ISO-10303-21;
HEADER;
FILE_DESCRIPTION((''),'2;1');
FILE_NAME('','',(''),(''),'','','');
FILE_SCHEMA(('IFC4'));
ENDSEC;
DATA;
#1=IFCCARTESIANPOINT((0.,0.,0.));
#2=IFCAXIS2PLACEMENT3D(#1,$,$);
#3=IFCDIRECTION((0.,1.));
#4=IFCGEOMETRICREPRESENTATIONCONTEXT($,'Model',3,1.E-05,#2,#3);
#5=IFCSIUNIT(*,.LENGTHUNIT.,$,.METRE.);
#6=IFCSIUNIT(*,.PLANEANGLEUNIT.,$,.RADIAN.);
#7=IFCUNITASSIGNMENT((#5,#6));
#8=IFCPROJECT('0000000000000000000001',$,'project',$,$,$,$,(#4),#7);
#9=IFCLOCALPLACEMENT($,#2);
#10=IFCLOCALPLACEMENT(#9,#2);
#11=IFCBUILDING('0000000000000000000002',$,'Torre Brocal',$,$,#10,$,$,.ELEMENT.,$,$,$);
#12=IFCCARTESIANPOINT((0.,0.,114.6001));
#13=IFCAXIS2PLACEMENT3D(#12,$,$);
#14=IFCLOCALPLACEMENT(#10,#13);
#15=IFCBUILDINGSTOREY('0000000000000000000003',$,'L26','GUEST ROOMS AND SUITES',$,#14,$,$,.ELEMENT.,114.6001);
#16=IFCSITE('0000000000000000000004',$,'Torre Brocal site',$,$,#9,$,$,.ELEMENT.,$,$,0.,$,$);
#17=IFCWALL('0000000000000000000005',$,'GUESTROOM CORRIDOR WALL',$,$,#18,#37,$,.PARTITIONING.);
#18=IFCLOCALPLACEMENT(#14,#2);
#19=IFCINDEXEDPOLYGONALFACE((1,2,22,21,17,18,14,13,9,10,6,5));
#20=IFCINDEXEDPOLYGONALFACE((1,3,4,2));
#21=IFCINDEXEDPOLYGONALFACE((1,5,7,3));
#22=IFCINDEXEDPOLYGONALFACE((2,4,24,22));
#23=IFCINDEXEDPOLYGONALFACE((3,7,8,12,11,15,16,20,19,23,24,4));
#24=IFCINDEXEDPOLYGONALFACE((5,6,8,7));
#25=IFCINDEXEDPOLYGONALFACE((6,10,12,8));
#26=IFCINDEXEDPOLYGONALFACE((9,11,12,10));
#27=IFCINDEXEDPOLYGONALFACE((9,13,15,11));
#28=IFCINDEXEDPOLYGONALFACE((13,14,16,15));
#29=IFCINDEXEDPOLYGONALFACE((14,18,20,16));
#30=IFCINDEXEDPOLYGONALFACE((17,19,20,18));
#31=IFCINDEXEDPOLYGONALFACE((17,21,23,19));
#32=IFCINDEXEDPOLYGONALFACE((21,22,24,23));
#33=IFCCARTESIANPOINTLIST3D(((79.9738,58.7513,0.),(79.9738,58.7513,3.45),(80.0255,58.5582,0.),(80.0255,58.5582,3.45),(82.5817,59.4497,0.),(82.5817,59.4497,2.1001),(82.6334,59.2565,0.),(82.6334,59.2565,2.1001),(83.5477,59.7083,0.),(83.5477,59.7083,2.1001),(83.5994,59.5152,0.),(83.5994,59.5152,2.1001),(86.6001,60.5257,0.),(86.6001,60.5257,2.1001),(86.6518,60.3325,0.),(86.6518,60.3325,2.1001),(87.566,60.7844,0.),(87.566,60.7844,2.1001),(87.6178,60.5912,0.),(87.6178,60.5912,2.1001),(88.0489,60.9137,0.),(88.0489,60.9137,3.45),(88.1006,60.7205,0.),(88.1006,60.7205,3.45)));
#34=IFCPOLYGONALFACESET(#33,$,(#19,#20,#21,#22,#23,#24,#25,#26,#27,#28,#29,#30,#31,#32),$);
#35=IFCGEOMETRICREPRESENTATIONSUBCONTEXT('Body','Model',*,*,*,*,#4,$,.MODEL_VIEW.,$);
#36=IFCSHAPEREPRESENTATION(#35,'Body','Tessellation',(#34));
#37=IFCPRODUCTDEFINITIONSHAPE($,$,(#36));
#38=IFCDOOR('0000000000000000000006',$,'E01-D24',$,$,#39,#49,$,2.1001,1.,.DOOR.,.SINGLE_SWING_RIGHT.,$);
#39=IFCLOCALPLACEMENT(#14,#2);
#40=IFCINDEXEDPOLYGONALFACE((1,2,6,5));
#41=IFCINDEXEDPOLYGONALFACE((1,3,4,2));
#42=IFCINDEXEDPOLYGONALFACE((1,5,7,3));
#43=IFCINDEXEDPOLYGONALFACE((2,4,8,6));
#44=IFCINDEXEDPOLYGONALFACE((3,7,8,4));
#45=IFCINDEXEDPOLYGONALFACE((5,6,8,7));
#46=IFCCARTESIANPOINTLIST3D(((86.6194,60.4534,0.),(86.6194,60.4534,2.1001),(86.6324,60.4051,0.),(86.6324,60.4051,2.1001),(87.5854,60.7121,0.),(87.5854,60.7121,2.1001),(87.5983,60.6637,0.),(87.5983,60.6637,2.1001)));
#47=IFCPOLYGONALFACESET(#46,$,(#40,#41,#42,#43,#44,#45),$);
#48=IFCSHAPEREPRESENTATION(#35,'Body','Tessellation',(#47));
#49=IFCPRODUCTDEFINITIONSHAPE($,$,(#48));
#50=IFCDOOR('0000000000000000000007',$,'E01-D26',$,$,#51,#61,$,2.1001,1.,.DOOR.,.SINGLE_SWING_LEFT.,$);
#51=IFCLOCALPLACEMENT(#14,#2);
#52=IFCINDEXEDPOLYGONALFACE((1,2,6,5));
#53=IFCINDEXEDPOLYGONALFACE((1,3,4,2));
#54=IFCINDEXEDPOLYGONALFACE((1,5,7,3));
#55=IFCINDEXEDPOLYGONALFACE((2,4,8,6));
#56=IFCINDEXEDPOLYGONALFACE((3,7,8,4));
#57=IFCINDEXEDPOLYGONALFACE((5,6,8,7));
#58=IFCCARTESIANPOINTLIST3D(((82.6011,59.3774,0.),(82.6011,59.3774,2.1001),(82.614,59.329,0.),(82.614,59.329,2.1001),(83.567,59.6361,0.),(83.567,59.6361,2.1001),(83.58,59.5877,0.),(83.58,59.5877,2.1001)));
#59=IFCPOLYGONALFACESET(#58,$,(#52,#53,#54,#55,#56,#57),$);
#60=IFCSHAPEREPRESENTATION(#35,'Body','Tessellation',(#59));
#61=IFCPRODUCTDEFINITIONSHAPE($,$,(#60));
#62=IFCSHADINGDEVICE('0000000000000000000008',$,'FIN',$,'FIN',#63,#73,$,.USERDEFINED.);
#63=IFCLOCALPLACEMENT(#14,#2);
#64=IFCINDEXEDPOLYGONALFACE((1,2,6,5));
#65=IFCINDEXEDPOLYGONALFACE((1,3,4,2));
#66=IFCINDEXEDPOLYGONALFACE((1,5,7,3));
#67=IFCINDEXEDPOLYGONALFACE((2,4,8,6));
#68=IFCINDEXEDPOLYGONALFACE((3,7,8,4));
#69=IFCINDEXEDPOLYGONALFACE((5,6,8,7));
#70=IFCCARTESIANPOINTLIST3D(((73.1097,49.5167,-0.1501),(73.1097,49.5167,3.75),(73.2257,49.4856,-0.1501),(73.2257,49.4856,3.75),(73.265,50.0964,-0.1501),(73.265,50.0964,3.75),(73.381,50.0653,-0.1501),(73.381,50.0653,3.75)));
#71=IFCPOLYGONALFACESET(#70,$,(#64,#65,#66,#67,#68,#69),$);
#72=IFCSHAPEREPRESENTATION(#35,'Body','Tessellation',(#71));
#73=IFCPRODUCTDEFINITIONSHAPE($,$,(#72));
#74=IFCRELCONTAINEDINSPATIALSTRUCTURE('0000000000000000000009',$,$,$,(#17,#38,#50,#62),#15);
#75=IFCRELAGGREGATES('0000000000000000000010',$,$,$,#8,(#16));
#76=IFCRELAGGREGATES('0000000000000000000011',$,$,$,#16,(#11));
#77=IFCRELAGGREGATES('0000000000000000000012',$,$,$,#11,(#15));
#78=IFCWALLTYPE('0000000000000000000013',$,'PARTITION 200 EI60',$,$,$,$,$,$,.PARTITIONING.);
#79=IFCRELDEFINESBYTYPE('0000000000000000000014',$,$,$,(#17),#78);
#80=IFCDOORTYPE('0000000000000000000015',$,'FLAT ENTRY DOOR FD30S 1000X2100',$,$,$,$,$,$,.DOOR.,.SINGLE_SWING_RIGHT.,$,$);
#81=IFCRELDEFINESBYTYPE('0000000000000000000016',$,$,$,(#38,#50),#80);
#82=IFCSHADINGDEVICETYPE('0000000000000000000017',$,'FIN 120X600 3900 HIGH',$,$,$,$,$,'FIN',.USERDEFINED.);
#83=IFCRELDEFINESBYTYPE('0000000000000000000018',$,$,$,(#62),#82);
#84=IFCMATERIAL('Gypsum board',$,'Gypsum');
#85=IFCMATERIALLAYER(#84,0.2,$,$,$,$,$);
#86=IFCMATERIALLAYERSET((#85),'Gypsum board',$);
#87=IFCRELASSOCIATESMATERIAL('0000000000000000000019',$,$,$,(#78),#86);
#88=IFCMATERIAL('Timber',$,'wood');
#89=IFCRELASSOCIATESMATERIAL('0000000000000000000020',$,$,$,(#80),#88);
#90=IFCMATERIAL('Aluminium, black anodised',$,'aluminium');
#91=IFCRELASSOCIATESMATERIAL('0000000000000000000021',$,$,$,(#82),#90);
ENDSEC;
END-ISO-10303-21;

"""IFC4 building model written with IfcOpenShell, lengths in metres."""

from ifc_helpers import new_model, si_unit, direction, frame, frame_2d, origin, origin_2d, place, context, subcontext, project, spatial, rectangle, extrude, material, layer, layer_set, material_profile, profile_set, type_object, element, fill, save


model = new_model("IFC4")

# Units and contexts
model_context = context("Model", 3, precision=1e-05, world=origin(), true_north=direction((0.0, 1.0)))
body_context = subcontext(model_context, "Body", "Model", "MODEL_VIEW")
ifc_project = project(units=[si_unit("LENGTHUNIT", "METRE"), si_unit("PLANEANGLEUNIT", "RADIAN")], contexts=[model_context])

# Site, building, storey
site_placement = place(None, origin())
site = spatial("IfcSite", under=ifc_project, at=site_placement, Name="Torre Brocal site", CompositionType="ELEMENT", RefElevation=0.0)
building_placement = place(site_placement, origin())
building = spatial("IfcBuilding", under=site, at=building_placement, Name="Torre Brocal", CompositionType="ELEMENT")
storey_placement = place(building_placement, frame((0.0, 0.0, 114.6001)))
storey = spatial("IfcBuildingStorey", under=building, at=storey_placement, Name="L26", Description="GUEST ROOMS AND SUITES", CompositionType="ELEMENT", Elevation=114.6001)

# Shared definitions
ifc_material_1 = material(Name="Gypsum board", Category="Gypsum")
ifc_layer_1 = layer(ifc_material_1, 0.2)
ifc_layer_set_1 = layer_set([ifc_layer_1], Name="Gypsum board")
wall_type_1 = type_object("IfcWallType", Name="PARTITION 200 EI60", PredefinedType="PARTITIONING", material=ifc_layer_set_1)

# Wall, openings, doors
wall_1_placement = place(storey_placement, frame((79.9998, 58.6548, 0.0), z_axis=(0.0, 0.0, 1.0), x_axis=(0.965967, 0.258664, 0.0)))
wall_1 = element("IfcWall", 1, at=wall_1_placement, inside=storey, type_object=wall_type_1, Name="GUESTROOM CORRIDOR WALL", PredefinedType="PARTITIONING", context=body_context, shape_type="SweptSolid", body=[
    extrude(rectangle(XDim=8.3596, YDim=0.2, at=frame_2d((4.1797, 0.0))), origin(), (0.0, 0.0, 1.0), 3.45),
])
opening_1_placement = place(wall_1_placement, frame((6.8596, 0.0, 0.0)))
opening_1 = element("IfcOpeningElement", 2, at=opening_1_placement, cuts=wall_1, PredefinedType="OPENING", context=body_context, shape_type="SweptSolid", body=[
    extrude(rectangle(XDim=1.0, YDim=2.1001, at=frame_2d((0.5, 1.05))), frame((0.0, 0.1099, 0.0), z_axis=(0.0, -1.0, 0.0), x_axis=(1.0, 0.0, 0.0)), (0.0, 0.0, 1.0), 0.22),
])
opening_2_placement = place(wall_1_placement, frame((2.6997, 0.0, 0.0)))
opening_2 = element("IfcOpeningElement", 3, at=opening_2_placement, cuts=wall_1, PredefinedType="OPENING", context=body_context, shape_type="SweptSolid", body=[
    extrude(rectangle(XDim=1.0, YDim=2.1001, at=frame_2d((0.5, 1.05))), frame((0.0, 0.1099, 0.0), z_axis=(0.0, -1.0, 0.0), x_axis=(1.0, 0.0, 0.0)), (0.0, 0.0, 1.0), 0.22),
])
ifc_material_2 = material(Name="Timber", Category="wood")
door_type_1 = type_object("IfcDoorType", Name="FLAT ENTRY DOOR FD30S 1000X2100", OperationType="SINGLE_SWING_RIGHT", PredefinedType="DOOR", material=ifc_material_2)
door_1_placement = place(opening_1_placement, frame((1.0, 0.0, 0.0), z_axis=(0.0, 0.0, 1.0), x_axis=(-1.0, 0.0, 0.0)))
door_1 = element("IfcDoor", 4, at=door_1_placement, inside=storey, type_object=door_type_1, Name="E01-D24", OperationType="SINGLE_SWING_RIGHT", OverallHeight=2.1001, OverallWidth=1.0, PredefinedType="DOOR", context=body_context, shape_type="SweptSolid", body=[
    extrude(rectangle(XDim=1.0, YDim=2.1001, at=frame_2d((0.5, 1.05))), frame((0.0, 0.0249, 0.0), z_axis=(0.0, -1.0, 0.0), x_axis=(1.0, 0.0, 0.0)), (0.0, 0.0, 1.0), 0.05),
])
fill(opening_1, door_1)
door_2_placement = place(opening_2_placement, frame((1.0, 0.0, 0.0), z_axis=(0.0, 0.0, 1.0), x_axis=(-1.0, 0.0, 0.0)))
door_2 = element("IfcDoor", 5, at=door_2_placement, inside=storey, type_object=door_type_1, Name="E01-D26", OperationType="SINGLE_SWING_LEFT", OverallHeight=2.1001, OverallWidth=1.0, PredefinedType="DOOR", context=body_context, shape_type="SweptSolid", body=[
    extrude(rectangle(XDim=1.0, YDim=2.1001, at=frame_2d((0.5, 1.05))), frame((0.0, 0.0249, 0.0), z_axis=(0.0, -1.0, 0.0), x_axis=(1.0, 0.0, 0.0)), (0.0, 0.0, 1.0), 0.05),
])
fill(opening_2, door_2)

# Shading device
ifc_material_3 = material(Name="Aluminium, black anodised", Category="aluminium")
ifc_material_profile_1 = material_profile(ifc_material_3, rectangle(XDim=0.1201, YDim=0.6001, at=origin_2d()), Name="FIN 120X600 3900 HIGH")
ifc_profile_set_1 = profile_set([ifc_material_profile_1], Name="Aluminium, black anodised")
shading_device_type = type_object("IfcShadingDeviceType", Name="FIN 120X600 3900 HIGH", ElementType="FIN", PredefinedType="USERDEFINED", material=ifc_profile_set_1)
shading_device_placement = place(storey_placement, frame((73.2454, 49.791, -0.1501), z_axis=(0.0, 0.0, 1.0), x_axis=(0.965926, -0.258819, 0.0)))
element("IfcShadingDevice", 6, at=shading_device_placement, inside=storey, type_object=shading_device_type, Name="FIN", ObjectType="FIN", PredefinedType="USERDEFINED", context=body_context, shape_type="SweptSolid", body=[
    extrude(rectangle(XDim=0.1201, YDim=0.6001, at=origin_2d()), origin(), (0.0, 0.0, 1.0), 3.9001),
])

save(model, "model.ifc")
